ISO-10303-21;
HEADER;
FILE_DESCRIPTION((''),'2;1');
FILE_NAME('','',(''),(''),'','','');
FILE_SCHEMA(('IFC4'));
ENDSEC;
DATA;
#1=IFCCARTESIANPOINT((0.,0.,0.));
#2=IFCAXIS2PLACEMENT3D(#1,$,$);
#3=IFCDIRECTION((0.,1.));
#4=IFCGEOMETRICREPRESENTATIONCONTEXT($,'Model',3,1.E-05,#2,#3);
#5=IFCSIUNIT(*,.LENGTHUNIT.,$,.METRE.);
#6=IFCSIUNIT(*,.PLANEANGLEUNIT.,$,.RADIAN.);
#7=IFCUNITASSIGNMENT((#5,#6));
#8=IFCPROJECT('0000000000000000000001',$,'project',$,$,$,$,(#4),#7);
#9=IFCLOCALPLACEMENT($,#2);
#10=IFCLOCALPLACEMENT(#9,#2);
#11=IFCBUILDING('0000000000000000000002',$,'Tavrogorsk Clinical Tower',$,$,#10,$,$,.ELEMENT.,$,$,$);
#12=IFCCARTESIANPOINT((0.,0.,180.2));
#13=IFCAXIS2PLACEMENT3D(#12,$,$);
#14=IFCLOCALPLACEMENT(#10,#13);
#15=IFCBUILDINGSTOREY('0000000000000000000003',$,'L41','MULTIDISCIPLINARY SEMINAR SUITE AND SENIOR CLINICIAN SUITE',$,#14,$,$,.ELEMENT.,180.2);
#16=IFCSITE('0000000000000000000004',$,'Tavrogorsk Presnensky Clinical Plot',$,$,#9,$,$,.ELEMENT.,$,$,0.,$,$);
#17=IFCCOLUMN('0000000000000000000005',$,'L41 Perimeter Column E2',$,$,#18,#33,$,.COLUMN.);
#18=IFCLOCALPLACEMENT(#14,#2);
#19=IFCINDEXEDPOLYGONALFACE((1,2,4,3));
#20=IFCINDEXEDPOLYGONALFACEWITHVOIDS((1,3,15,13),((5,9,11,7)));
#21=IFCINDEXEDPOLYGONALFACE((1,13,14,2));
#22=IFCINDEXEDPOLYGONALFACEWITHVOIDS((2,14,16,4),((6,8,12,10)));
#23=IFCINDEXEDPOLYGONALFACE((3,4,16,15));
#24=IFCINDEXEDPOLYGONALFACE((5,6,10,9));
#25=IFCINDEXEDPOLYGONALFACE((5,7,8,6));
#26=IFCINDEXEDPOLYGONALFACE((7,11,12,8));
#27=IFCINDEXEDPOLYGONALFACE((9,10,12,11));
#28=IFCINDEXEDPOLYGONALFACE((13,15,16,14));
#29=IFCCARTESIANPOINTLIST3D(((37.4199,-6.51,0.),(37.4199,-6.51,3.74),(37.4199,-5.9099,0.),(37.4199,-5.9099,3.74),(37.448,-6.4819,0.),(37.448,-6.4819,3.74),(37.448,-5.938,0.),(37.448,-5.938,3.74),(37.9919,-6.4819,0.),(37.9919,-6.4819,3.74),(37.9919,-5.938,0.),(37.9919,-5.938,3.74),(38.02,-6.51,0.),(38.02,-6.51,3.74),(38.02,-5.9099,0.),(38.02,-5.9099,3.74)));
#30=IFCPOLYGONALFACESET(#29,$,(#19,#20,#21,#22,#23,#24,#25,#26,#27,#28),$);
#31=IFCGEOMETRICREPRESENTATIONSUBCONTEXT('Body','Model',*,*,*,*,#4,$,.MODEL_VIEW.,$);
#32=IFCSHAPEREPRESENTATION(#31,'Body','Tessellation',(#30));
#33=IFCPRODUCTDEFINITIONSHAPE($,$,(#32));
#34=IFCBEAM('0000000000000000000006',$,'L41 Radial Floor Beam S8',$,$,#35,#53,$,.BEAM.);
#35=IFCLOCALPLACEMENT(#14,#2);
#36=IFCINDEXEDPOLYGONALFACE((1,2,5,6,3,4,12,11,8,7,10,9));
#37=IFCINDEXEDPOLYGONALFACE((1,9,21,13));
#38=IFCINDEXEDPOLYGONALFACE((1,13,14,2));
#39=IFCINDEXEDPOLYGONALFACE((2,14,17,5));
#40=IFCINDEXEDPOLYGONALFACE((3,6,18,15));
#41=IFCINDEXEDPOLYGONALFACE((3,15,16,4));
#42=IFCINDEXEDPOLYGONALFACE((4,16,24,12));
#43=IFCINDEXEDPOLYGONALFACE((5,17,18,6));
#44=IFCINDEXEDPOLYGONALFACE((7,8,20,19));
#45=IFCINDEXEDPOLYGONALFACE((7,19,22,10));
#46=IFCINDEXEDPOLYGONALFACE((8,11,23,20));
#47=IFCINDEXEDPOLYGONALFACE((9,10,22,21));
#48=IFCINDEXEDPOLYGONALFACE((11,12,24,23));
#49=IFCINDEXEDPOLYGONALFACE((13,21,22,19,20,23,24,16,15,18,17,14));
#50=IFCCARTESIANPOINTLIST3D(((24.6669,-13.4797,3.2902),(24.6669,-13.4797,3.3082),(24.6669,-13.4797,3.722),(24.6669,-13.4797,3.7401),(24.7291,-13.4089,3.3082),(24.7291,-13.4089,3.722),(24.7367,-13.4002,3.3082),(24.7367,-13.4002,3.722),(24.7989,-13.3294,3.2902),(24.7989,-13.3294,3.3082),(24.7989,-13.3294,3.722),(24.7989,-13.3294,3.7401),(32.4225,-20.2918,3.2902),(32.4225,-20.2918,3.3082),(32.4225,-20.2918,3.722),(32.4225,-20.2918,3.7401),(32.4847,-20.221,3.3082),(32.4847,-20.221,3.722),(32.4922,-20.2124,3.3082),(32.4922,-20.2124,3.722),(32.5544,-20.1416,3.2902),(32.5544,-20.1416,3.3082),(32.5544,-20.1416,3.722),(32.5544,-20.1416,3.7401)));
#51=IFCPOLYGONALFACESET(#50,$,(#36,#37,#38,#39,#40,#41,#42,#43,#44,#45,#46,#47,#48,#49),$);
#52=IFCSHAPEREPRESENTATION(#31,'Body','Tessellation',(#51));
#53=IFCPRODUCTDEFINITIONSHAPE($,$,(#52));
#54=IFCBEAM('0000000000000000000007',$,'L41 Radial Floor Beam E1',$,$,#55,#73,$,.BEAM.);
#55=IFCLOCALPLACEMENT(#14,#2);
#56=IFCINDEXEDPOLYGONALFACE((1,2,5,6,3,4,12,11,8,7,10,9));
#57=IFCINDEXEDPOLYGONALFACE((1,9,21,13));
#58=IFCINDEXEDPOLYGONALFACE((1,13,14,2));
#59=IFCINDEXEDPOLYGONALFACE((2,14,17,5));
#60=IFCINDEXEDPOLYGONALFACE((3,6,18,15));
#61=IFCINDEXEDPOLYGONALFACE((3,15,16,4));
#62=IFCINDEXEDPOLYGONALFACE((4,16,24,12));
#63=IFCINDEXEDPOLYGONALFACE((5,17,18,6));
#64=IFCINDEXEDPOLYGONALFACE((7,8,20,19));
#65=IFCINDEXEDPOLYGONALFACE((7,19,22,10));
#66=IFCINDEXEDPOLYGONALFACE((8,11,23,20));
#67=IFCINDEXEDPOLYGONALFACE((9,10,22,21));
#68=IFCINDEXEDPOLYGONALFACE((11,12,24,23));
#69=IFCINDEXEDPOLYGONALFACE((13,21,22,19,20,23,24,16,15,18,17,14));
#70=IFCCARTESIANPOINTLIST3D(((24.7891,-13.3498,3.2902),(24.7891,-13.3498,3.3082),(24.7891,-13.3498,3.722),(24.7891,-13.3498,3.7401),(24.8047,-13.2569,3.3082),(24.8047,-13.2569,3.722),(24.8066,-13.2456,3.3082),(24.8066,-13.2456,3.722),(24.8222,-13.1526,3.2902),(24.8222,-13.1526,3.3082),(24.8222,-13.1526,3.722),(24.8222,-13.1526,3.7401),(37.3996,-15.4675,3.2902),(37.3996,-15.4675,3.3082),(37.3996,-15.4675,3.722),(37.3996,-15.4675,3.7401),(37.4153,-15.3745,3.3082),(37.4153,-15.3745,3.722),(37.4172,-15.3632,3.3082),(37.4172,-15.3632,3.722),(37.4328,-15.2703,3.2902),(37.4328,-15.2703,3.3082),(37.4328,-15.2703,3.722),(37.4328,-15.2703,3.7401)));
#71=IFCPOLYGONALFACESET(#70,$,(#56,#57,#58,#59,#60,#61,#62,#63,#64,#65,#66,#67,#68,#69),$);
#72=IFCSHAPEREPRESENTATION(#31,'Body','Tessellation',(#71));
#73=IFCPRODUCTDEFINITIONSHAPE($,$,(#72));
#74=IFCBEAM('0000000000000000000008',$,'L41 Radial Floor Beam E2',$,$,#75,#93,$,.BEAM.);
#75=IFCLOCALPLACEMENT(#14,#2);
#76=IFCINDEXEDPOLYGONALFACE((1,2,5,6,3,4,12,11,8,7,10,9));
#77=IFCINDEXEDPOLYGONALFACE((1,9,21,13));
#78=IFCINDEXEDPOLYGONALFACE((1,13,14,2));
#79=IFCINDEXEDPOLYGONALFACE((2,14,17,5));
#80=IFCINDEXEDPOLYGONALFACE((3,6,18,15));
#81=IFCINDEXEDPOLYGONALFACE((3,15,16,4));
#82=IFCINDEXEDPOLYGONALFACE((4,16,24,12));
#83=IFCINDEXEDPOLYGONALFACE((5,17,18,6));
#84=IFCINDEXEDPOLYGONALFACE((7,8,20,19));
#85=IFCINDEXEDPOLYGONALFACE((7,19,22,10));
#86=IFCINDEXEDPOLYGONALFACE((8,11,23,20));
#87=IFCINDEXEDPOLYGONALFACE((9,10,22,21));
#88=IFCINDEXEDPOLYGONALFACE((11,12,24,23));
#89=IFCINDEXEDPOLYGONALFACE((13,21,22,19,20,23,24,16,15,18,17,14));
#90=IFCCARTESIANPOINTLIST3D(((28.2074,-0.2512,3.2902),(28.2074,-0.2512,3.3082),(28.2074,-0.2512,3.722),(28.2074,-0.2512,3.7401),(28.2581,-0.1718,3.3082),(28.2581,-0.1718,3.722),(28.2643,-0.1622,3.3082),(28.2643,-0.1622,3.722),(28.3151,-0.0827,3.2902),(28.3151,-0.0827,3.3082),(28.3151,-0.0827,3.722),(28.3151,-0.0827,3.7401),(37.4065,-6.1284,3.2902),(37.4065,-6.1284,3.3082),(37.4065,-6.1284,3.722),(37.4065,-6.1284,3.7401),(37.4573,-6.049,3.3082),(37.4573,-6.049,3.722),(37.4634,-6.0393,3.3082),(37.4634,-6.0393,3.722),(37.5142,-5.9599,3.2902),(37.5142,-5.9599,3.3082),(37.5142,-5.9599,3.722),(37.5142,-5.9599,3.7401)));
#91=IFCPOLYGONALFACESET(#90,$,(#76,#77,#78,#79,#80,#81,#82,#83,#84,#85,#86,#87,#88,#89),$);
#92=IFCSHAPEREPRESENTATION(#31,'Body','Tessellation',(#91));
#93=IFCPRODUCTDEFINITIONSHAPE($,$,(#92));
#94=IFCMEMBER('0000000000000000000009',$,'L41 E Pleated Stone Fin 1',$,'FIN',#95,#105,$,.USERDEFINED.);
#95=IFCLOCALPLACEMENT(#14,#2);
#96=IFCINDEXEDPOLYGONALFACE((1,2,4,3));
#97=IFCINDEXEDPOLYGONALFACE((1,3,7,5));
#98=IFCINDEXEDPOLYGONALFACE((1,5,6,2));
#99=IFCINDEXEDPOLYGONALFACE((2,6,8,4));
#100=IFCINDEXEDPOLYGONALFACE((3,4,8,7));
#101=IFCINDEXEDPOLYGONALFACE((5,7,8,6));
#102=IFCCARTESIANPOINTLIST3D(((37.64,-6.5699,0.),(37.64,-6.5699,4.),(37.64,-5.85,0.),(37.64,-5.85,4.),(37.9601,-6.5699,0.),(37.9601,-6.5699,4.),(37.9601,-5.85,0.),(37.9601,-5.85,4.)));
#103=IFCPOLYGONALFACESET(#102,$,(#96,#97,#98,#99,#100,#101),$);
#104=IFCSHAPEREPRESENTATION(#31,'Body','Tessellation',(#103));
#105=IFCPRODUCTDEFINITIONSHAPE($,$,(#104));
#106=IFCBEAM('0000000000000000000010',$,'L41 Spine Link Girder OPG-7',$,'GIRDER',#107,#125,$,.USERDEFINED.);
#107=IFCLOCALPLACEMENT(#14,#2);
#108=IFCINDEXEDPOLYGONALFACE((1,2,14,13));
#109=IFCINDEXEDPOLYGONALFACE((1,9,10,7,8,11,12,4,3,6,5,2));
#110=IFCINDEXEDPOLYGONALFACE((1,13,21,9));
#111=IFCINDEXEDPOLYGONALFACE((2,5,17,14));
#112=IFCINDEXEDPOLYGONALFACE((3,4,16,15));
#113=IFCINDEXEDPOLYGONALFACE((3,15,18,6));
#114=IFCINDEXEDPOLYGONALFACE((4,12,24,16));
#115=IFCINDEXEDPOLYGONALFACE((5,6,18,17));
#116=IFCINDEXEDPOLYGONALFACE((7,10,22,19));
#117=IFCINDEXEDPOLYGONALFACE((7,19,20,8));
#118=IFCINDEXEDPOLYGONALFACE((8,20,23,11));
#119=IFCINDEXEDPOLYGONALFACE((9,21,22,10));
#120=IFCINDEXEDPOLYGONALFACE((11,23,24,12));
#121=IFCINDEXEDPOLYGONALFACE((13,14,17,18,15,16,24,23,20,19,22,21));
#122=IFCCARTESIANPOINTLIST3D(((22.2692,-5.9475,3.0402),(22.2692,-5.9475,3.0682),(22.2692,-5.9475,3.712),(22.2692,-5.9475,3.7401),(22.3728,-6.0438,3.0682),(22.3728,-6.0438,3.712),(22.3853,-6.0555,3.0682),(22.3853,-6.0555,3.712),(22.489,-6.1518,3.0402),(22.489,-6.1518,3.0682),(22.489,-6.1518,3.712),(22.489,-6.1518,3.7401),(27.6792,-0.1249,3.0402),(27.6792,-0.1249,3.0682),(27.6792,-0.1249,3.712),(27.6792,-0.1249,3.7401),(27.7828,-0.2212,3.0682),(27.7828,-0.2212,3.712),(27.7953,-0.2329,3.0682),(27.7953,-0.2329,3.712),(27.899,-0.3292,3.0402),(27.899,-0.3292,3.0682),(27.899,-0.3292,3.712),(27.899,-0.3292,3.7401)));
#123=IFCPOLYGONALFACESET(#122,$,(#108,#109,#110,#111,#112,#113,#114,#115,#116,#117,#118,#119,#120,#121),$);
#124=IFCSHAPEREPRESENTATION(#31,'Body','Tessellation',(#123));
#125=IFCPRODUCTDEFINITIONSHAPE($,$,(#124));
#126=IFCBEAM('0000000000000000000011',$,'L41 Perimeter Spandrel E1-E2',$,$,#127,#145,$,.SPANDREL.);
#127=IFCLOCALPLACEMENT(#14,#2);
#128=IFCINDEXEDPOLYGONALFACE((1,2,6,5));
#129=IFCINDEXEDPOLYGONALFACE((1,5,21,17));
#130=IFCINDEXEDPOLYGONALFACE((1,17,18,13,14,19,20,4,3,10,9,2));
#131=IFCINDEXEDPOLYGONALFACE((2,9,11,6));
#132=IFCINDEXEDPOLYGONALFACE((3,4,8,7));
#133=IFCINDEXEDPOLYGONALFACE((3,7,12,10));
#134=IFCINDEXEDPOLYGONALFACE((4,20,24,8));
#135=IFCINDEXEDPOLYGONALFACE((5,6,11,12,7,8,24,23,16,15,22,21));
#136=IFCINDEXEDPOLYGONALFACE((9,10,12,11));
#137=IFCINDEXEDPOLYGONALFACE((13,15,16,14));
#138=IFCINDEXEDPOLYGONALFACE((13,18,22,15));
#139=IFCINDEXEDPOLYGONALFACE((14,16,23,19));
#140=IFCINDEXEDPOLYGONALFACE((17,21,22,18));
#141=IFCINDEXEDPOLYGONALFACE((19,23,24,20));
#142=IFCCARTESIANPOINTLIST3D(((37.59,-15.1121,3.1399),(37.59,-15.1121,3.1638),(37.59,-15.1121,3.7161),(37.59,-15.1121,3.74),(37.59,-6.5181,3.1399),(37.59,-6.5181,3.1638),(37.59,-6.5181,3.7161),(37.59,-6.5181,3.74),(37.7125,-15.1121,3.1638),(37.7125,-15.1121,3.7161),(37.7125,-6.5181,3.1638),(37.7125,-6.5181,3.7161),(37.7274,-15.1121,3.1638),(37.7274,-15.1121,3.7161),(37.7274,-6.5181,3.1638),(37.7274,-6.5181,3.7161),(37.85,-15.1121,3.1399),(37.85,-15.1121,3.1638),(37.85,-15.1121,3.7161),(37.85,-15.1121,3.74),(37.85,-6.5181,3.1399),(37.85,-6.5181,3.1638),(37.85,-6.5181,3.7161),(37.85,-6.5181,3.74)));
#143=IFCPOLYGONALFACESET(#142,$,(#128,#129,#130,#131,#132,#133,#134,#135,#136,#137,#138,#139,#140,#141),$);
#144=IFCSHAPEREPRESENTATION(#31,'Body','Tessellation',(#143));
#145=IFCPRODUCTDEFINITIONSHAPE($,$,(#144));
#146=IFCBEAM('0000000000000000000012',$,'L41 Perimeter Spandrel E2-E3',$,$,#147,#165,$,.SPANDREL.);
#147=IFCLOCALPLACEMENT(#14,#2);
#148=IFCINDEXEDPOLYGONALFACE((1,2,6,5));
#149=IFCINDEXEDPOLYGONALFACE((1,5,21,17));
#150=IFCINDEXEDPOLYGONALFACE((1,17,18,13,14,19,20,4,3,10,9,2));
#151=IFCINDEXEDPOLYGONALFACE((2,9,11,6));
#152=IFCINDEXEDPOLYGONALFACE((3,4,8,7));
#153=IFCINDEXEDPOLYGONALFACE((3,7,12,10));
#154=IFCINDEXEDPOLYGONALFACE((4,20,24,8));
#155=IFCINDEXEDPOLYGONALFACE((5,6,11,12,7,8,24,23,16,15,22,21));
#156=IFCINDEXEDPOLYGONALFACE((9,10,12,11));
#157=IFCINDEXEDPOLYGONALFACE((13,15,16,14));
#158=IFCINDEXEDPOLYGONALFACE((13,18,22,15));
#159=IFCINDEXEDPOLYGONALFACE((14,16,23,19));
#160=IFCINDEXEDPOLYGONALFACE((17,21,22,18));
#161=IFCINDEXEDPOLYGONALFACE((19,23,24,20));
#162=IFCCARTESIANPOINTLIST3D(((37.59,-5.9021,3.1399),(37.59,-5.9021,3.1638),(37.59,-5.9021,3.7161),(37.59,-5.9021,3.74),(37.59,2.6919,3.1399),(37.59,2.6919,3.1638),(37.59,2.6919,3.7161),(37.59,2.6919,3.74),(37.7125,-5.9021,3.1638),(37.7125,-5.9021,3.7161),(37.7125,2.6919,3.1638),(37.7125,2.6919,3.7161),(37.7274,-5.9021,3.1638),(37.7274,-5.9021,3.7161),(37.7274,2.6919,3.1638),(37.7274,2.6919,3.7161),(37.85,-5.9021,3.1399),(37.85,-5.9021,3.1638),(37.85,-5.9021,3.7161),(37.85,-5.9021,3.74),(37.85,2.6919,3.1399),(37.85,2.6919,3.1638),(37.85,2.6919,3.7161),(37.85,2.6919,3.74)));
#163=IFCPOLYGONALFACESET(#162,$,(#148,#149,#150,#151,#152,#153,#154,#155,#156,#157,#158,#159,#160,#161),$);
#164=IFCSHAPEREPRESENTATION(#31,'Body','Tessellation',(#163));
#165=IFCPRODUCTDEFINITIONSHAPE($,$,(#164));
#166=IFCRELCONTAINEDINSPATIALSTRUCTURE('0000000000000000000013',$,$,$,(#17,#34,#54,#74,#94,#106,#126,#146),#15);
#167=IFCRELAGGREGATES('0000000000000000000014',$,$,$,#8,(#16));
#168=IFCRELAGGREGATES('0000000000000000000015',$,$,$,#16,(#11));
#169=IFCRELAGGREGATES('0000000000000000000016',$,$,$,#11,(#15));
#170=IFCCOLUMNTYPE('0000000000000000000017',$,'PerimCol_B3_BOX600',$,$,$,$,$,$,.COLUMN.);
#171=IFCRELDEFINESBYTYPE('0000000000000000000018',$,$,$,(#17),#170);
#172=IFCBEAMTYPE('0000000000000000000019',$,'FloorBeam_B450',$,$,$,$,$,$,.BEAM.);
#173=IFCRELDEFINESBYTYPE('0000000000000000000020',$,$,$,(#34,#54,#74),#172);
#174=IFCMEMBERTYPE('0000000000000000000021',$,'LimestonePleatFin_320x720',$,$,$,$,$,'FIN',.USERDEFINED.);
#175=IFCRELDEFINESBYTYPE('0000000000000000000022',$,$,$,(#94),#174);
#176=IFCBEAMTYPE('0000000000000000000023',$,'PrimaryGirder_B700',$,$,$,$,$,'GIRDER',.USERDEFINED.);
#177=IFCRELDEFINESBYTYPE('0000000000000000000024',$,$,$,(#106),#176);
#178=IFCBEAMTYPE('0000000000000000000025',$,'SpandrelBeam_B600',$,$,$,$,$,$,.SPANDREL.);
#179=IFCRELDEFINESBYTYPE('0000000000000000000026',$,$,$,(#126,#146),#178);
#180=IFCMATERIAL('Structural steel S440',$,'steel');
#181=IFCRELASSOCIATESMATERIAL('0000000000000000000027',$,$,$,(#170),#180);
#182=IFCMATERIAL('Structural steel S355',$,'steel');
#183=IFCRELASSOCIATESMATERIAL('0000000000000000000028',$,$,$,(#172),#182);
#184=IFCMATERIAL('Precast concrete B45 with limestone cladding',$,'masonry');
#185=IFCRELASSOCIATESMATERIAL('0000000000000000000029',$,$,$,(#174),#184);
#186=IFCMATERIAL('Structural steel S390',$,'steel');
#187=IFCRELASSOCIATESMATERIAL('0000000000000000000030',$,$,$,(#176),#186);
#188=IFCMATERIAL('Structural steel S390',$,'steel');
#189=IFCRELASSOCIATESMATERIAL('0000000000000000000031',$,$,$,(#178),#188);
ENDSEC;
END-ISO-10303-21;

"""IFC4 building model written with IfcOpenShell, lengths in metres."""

from ifc_helpers import new_model, si_unit, direction, frame, origin, origin_2d, place, context, subcontext, project, spatial, rectangle, hollow_rectangle, i_section, extrude, material, material_profile, profile_set, type_object, element, save


model = new_model("IFC4")

# Units and contexts
model_context = context("Model", 3, precision=1e-05, world=origin(), true_north=direction((0.0, 1.0)))
body_context = subcontext(model_context, "Body", "Model", "MODEL_VIEW")
ifc_project = project(units=[si_unit("LENGTHUNIT", "METRE"), si_unit("PLANEANGLEUNIT", "RADIAN")], contexts=[model_context])

# Site, building, storey
site_placement = place(None, origin())
site = spatial("IfcSite", under=ifc_project, at=site_placement, Name="Tavrogorsk Presnensky Clinical Plot", CompositionType="ELEMENT", RefElevation=0.0)
building_placement = place(site_placement, origin())
building = spatial("IfcBuilding", under=site, at=building_placement, Name="Tavrogorsk Clinical Tower", CompositionType="ELEMENT")
storey_placement = place(building_placement, frame((0.0, 0.0, 180.2)))
storey = spatial("IfcBuildingStorey", under=building, at=storey_placement, Name="L41", Description="MULTIDISCIPLINARY SEMINAR SUITE AND SENIOR CLINICIAN SUITE", CompositionType="ELEMENT", Elevation=180.2)

# Column
ifc_material_1 = material(Name="Structural steel S440", Category="steel")
ifc_material_profile_1 = material_profile(ifc_material_1, hollow_rectangle(XDim=0.6001, YDim=0.6001, WallThickness=0.0281, at=origin_2d()), Name="BOX-600x600x28")
ifc_profile_set_1 = profile_set([ifc_material_profile_1], Name="Structural steel S440")
column_type = type_object("IfcColumnType", Name="PerimCol_B3_BOX600", PredefinedType="COLUMN", material=ifc_profile_set_1)
column_placement = place(storey_placement, frame((37.72, -6.21, 0.0), z_axis=(0.0, 0.0, 1.0), x_axis=(1.0, 0.0, 0.0)))
element("IfcColumn", 1, at=column_placement, inside=storey, type_object=column_type, Name="L41 Perimeter Column E2", PredefinedType="COLUMN", context=body_context, shape_type="SweptSolid", body=[
    extrude(hollow_rectangle(XDim=0.6001, YDim=0.6001, WallThickness=0.0281, at=origin_2d()), origin(), (0.0, 0.0, 1.0), 3.74),
])

# Beams
ifc_material_2 = material(Name="Structural steel S355", Category="steel")
ifc_material_profile_2 = material_profile(ifc_material_2, i_section(OverallWidth=0.2, OverallDepth=0.45, WebThickness=0.0115, FlangeThickness=0.0181, at=origin_2d()), Name="B-450x200x11.5x18")
ifc_profile_set_2 = profile_set([ifc_material_profile_2], Name="Structural steel S355")
beam_type_1 = type_object("IfcBeamType", Name="FloorBeam_B450", PredefinedType="BEAM", material=ifc_profile_set_2)
beam_1_placement = place(storey_placement, frame((24.7329, -13.4045, 3.5151), z_axis=(0.751323, -0.659935, 0.0), x_axis=(0.659935, 0.751323, 0.0)))
element("IfcBeam", 2, at=beam_1_placement, inside=storey, type_object=beam_type_1, Name="L41 Radial Floor Beam S8", PredefinedType="BEAM", context=body_context, shape_type="SweptSolid", body=[
    extrude(i_section(OverallWidth=0.2, OverallDepth=0.45, WebThickness=0.0115, FlangeThickness=0.0181, at=origin_2d()), origin(), (0.0, 0.0, 1.0), 10.3225),
])
beam_2_placement = place(storey_placement, frame((24.8057, -13.2512, 3.5151), z_axis=(0.986191, -0.165609, 0.0), x_axis=(0.165609, 0.986191, 0.0)))
element("IfcBeam", 3, at=beam_2_placement, inside=storey, type_object=beam_type_1, Name="L41 Radial Floor Beam E1", PredefinedType="BEAM", context=body_context, shape_type="SweptSolid", body=[
    extrude(i_section(OverallWidth=0.2, OverallDepth=0.45, WebThickness=0.0115, FlangeThickness=0.0181, at=origin_2d()), origin(), (0.0, 0.0, 1.0), 12.7871),
])
beam_3_placement = place(storey_placement, frame((28.2612, -0.167, 3.5151), z_axis=(0.8427, -0.538384, 0.0), x_axis=(0.538384, 0.8427, 0.0)))
element("IfcBeam", 4, at=beam_3_placement, inside=storey, type_object=beam_type_1, Name="L41 Radial Floor Beam E2", PredefinedType="BEAM", context=body_context, shape_type="SweptSolid", body=[
    extrude(i_section(OverallWidth=0.2, OverallDepth=0.45, WebThickness=0.0115, FlangeThickness=0.0181, at=origin_2d()), origin(), (0.0, 0.0, 1.0), 10.9163),
])

# Member
ifc_material_3 = material(Name="Precast concrete B45 with limestone cladding", Category="masonry")
ifc_material_profile_3 = material_profile(ifc_material_3, rectangle(XDim=0.3201, YDim=0.72, at=origin_2d()), Name="LIMESTONE-FIN-320x720")
ifc_profile_set_3 = profile_set([ifc_material_profile_3], Name="Precast concrete B45 with limestone cladding")
member_type = type_object("IfcMemberType", Name="LimestonePleatFin_320x720", ElementType="FIN", PredefinedType="USERDEFINED", material=ifc_profile_set_3)
member_placement = place(storey_placement, frame((37.8, -6.21, 0.0), z_axis=(0.0, 0.0, 1.0), x_axis=(1.0, 0.0, 0.0)))
element("IfcMember", 5, at=member_placement, inside=storey, type_object=member_type, Name="L41 E Pleated Stone Fin 1", ObjectType="FIN", PredefinedType="USERDEFINED", context=body_context, shape_type="SweptSolid", body=[
    extrude(rectangle(XDim=0.3201, YDim=0.72, at=origin_2d()), origin(), (0.0, 0.0, 1.0), 4.0),
])

# Beams
ifc_material_4 = material(Name="Structural steel S390", Category="steel")
ifc_material_profile_4 = material_profile(ifc_material_4, i_section(OverallWidth=0.3, OverallDepth=0.7, WebThickness=0.0171, FlangeThickness=0.0281, at=origin_2d()), Name="B-700x300x17x28")
ifc_profile_set_4 = profile_set([ifc_material_profile_4], Name="Structural steel S390")
beam_type_2 = type_object("IfcBeamType", Name="PrimaryGirder_B700", ElementType="GIRDER", PredefinedType="USERDEFINED", material=ifc_profile_set_4)
beam_4_placement = place(storey_placement, frame((27.7891, -0.2271, 3.3901), z_axis=(-0.680674, -0.732587, 0.0), x_axis=(0.732587, -0.680674, 0.0)))
element("IfcBeam", 6, at=beam_4_placement, inside=storey, type_object=beam_type_2, Name="L41 Spine Link Girder OPG-7", ObjectType="GIRDER", PredefinedType="USERDEFINED", context=body_context, shape_type="SweptSolid", body=[
    extrude(i_section(OverallWidth=0.3, OverallDepth=0.7, WebThickness=0.0171, FlangeThickness=0.0281, at=origin_2d()), origin(), (0.0, 0.0, 1.0), 7.948),
])
ifc_material_5 = material(Name="Structural steel S390", Category="steel")
ifc_material_profile_5 = material_profile(ifc_material_5, i_section(OverallWidth=0.26, OverallDepth=0.6001, WebThickness=0.0149, FlangeThickness=0.0239, at=origin_2d()), Name="B-600x260x15x24")
ifc_profile_set_5 = profile_set([ifc_material_profile_5], Name="Structural steel S390")
beam_type_3 = type_object("IfcBeamType", Name="SpandrelBeam_B600", PredefinedType="SPANDREL", material=ifc_profile_set_5)
for number, where, z_axis, x_axis, name in (
    (7, (37.72, -15.1121, 3.4399), (0.0, 1.0, 0.0), (-1.0, 0.0, 0.0), "L41 Perimeter Spandrel E1-E2"),
    (8, (37.72, -5.9021, 3.4399), (0.0, 1.0, 0.0), (-1.0, 0.0, 0.0), "L41 Perimeter Spandrel E2-E3"),
):
    element("IfcBeam", number, at=place(storey_placement, frame(where, z_axis=z_axis, x_axis=x_axis)), inside=storey, type_object=beam_type_3, Name=name, PredefinedType="SPANDREL", context=body_context, shape_type="SweptSolid", body=[
        extrude(i_section(OverallWidth=0.26, OverallDepth=0.6001, WebThickness=0.0149, FlangeThickness=0.0239, at=origin_2d()), origin(), (0.0, 0.0, 1.0), 8.594),
    ])

save(model, "model.ifc")
